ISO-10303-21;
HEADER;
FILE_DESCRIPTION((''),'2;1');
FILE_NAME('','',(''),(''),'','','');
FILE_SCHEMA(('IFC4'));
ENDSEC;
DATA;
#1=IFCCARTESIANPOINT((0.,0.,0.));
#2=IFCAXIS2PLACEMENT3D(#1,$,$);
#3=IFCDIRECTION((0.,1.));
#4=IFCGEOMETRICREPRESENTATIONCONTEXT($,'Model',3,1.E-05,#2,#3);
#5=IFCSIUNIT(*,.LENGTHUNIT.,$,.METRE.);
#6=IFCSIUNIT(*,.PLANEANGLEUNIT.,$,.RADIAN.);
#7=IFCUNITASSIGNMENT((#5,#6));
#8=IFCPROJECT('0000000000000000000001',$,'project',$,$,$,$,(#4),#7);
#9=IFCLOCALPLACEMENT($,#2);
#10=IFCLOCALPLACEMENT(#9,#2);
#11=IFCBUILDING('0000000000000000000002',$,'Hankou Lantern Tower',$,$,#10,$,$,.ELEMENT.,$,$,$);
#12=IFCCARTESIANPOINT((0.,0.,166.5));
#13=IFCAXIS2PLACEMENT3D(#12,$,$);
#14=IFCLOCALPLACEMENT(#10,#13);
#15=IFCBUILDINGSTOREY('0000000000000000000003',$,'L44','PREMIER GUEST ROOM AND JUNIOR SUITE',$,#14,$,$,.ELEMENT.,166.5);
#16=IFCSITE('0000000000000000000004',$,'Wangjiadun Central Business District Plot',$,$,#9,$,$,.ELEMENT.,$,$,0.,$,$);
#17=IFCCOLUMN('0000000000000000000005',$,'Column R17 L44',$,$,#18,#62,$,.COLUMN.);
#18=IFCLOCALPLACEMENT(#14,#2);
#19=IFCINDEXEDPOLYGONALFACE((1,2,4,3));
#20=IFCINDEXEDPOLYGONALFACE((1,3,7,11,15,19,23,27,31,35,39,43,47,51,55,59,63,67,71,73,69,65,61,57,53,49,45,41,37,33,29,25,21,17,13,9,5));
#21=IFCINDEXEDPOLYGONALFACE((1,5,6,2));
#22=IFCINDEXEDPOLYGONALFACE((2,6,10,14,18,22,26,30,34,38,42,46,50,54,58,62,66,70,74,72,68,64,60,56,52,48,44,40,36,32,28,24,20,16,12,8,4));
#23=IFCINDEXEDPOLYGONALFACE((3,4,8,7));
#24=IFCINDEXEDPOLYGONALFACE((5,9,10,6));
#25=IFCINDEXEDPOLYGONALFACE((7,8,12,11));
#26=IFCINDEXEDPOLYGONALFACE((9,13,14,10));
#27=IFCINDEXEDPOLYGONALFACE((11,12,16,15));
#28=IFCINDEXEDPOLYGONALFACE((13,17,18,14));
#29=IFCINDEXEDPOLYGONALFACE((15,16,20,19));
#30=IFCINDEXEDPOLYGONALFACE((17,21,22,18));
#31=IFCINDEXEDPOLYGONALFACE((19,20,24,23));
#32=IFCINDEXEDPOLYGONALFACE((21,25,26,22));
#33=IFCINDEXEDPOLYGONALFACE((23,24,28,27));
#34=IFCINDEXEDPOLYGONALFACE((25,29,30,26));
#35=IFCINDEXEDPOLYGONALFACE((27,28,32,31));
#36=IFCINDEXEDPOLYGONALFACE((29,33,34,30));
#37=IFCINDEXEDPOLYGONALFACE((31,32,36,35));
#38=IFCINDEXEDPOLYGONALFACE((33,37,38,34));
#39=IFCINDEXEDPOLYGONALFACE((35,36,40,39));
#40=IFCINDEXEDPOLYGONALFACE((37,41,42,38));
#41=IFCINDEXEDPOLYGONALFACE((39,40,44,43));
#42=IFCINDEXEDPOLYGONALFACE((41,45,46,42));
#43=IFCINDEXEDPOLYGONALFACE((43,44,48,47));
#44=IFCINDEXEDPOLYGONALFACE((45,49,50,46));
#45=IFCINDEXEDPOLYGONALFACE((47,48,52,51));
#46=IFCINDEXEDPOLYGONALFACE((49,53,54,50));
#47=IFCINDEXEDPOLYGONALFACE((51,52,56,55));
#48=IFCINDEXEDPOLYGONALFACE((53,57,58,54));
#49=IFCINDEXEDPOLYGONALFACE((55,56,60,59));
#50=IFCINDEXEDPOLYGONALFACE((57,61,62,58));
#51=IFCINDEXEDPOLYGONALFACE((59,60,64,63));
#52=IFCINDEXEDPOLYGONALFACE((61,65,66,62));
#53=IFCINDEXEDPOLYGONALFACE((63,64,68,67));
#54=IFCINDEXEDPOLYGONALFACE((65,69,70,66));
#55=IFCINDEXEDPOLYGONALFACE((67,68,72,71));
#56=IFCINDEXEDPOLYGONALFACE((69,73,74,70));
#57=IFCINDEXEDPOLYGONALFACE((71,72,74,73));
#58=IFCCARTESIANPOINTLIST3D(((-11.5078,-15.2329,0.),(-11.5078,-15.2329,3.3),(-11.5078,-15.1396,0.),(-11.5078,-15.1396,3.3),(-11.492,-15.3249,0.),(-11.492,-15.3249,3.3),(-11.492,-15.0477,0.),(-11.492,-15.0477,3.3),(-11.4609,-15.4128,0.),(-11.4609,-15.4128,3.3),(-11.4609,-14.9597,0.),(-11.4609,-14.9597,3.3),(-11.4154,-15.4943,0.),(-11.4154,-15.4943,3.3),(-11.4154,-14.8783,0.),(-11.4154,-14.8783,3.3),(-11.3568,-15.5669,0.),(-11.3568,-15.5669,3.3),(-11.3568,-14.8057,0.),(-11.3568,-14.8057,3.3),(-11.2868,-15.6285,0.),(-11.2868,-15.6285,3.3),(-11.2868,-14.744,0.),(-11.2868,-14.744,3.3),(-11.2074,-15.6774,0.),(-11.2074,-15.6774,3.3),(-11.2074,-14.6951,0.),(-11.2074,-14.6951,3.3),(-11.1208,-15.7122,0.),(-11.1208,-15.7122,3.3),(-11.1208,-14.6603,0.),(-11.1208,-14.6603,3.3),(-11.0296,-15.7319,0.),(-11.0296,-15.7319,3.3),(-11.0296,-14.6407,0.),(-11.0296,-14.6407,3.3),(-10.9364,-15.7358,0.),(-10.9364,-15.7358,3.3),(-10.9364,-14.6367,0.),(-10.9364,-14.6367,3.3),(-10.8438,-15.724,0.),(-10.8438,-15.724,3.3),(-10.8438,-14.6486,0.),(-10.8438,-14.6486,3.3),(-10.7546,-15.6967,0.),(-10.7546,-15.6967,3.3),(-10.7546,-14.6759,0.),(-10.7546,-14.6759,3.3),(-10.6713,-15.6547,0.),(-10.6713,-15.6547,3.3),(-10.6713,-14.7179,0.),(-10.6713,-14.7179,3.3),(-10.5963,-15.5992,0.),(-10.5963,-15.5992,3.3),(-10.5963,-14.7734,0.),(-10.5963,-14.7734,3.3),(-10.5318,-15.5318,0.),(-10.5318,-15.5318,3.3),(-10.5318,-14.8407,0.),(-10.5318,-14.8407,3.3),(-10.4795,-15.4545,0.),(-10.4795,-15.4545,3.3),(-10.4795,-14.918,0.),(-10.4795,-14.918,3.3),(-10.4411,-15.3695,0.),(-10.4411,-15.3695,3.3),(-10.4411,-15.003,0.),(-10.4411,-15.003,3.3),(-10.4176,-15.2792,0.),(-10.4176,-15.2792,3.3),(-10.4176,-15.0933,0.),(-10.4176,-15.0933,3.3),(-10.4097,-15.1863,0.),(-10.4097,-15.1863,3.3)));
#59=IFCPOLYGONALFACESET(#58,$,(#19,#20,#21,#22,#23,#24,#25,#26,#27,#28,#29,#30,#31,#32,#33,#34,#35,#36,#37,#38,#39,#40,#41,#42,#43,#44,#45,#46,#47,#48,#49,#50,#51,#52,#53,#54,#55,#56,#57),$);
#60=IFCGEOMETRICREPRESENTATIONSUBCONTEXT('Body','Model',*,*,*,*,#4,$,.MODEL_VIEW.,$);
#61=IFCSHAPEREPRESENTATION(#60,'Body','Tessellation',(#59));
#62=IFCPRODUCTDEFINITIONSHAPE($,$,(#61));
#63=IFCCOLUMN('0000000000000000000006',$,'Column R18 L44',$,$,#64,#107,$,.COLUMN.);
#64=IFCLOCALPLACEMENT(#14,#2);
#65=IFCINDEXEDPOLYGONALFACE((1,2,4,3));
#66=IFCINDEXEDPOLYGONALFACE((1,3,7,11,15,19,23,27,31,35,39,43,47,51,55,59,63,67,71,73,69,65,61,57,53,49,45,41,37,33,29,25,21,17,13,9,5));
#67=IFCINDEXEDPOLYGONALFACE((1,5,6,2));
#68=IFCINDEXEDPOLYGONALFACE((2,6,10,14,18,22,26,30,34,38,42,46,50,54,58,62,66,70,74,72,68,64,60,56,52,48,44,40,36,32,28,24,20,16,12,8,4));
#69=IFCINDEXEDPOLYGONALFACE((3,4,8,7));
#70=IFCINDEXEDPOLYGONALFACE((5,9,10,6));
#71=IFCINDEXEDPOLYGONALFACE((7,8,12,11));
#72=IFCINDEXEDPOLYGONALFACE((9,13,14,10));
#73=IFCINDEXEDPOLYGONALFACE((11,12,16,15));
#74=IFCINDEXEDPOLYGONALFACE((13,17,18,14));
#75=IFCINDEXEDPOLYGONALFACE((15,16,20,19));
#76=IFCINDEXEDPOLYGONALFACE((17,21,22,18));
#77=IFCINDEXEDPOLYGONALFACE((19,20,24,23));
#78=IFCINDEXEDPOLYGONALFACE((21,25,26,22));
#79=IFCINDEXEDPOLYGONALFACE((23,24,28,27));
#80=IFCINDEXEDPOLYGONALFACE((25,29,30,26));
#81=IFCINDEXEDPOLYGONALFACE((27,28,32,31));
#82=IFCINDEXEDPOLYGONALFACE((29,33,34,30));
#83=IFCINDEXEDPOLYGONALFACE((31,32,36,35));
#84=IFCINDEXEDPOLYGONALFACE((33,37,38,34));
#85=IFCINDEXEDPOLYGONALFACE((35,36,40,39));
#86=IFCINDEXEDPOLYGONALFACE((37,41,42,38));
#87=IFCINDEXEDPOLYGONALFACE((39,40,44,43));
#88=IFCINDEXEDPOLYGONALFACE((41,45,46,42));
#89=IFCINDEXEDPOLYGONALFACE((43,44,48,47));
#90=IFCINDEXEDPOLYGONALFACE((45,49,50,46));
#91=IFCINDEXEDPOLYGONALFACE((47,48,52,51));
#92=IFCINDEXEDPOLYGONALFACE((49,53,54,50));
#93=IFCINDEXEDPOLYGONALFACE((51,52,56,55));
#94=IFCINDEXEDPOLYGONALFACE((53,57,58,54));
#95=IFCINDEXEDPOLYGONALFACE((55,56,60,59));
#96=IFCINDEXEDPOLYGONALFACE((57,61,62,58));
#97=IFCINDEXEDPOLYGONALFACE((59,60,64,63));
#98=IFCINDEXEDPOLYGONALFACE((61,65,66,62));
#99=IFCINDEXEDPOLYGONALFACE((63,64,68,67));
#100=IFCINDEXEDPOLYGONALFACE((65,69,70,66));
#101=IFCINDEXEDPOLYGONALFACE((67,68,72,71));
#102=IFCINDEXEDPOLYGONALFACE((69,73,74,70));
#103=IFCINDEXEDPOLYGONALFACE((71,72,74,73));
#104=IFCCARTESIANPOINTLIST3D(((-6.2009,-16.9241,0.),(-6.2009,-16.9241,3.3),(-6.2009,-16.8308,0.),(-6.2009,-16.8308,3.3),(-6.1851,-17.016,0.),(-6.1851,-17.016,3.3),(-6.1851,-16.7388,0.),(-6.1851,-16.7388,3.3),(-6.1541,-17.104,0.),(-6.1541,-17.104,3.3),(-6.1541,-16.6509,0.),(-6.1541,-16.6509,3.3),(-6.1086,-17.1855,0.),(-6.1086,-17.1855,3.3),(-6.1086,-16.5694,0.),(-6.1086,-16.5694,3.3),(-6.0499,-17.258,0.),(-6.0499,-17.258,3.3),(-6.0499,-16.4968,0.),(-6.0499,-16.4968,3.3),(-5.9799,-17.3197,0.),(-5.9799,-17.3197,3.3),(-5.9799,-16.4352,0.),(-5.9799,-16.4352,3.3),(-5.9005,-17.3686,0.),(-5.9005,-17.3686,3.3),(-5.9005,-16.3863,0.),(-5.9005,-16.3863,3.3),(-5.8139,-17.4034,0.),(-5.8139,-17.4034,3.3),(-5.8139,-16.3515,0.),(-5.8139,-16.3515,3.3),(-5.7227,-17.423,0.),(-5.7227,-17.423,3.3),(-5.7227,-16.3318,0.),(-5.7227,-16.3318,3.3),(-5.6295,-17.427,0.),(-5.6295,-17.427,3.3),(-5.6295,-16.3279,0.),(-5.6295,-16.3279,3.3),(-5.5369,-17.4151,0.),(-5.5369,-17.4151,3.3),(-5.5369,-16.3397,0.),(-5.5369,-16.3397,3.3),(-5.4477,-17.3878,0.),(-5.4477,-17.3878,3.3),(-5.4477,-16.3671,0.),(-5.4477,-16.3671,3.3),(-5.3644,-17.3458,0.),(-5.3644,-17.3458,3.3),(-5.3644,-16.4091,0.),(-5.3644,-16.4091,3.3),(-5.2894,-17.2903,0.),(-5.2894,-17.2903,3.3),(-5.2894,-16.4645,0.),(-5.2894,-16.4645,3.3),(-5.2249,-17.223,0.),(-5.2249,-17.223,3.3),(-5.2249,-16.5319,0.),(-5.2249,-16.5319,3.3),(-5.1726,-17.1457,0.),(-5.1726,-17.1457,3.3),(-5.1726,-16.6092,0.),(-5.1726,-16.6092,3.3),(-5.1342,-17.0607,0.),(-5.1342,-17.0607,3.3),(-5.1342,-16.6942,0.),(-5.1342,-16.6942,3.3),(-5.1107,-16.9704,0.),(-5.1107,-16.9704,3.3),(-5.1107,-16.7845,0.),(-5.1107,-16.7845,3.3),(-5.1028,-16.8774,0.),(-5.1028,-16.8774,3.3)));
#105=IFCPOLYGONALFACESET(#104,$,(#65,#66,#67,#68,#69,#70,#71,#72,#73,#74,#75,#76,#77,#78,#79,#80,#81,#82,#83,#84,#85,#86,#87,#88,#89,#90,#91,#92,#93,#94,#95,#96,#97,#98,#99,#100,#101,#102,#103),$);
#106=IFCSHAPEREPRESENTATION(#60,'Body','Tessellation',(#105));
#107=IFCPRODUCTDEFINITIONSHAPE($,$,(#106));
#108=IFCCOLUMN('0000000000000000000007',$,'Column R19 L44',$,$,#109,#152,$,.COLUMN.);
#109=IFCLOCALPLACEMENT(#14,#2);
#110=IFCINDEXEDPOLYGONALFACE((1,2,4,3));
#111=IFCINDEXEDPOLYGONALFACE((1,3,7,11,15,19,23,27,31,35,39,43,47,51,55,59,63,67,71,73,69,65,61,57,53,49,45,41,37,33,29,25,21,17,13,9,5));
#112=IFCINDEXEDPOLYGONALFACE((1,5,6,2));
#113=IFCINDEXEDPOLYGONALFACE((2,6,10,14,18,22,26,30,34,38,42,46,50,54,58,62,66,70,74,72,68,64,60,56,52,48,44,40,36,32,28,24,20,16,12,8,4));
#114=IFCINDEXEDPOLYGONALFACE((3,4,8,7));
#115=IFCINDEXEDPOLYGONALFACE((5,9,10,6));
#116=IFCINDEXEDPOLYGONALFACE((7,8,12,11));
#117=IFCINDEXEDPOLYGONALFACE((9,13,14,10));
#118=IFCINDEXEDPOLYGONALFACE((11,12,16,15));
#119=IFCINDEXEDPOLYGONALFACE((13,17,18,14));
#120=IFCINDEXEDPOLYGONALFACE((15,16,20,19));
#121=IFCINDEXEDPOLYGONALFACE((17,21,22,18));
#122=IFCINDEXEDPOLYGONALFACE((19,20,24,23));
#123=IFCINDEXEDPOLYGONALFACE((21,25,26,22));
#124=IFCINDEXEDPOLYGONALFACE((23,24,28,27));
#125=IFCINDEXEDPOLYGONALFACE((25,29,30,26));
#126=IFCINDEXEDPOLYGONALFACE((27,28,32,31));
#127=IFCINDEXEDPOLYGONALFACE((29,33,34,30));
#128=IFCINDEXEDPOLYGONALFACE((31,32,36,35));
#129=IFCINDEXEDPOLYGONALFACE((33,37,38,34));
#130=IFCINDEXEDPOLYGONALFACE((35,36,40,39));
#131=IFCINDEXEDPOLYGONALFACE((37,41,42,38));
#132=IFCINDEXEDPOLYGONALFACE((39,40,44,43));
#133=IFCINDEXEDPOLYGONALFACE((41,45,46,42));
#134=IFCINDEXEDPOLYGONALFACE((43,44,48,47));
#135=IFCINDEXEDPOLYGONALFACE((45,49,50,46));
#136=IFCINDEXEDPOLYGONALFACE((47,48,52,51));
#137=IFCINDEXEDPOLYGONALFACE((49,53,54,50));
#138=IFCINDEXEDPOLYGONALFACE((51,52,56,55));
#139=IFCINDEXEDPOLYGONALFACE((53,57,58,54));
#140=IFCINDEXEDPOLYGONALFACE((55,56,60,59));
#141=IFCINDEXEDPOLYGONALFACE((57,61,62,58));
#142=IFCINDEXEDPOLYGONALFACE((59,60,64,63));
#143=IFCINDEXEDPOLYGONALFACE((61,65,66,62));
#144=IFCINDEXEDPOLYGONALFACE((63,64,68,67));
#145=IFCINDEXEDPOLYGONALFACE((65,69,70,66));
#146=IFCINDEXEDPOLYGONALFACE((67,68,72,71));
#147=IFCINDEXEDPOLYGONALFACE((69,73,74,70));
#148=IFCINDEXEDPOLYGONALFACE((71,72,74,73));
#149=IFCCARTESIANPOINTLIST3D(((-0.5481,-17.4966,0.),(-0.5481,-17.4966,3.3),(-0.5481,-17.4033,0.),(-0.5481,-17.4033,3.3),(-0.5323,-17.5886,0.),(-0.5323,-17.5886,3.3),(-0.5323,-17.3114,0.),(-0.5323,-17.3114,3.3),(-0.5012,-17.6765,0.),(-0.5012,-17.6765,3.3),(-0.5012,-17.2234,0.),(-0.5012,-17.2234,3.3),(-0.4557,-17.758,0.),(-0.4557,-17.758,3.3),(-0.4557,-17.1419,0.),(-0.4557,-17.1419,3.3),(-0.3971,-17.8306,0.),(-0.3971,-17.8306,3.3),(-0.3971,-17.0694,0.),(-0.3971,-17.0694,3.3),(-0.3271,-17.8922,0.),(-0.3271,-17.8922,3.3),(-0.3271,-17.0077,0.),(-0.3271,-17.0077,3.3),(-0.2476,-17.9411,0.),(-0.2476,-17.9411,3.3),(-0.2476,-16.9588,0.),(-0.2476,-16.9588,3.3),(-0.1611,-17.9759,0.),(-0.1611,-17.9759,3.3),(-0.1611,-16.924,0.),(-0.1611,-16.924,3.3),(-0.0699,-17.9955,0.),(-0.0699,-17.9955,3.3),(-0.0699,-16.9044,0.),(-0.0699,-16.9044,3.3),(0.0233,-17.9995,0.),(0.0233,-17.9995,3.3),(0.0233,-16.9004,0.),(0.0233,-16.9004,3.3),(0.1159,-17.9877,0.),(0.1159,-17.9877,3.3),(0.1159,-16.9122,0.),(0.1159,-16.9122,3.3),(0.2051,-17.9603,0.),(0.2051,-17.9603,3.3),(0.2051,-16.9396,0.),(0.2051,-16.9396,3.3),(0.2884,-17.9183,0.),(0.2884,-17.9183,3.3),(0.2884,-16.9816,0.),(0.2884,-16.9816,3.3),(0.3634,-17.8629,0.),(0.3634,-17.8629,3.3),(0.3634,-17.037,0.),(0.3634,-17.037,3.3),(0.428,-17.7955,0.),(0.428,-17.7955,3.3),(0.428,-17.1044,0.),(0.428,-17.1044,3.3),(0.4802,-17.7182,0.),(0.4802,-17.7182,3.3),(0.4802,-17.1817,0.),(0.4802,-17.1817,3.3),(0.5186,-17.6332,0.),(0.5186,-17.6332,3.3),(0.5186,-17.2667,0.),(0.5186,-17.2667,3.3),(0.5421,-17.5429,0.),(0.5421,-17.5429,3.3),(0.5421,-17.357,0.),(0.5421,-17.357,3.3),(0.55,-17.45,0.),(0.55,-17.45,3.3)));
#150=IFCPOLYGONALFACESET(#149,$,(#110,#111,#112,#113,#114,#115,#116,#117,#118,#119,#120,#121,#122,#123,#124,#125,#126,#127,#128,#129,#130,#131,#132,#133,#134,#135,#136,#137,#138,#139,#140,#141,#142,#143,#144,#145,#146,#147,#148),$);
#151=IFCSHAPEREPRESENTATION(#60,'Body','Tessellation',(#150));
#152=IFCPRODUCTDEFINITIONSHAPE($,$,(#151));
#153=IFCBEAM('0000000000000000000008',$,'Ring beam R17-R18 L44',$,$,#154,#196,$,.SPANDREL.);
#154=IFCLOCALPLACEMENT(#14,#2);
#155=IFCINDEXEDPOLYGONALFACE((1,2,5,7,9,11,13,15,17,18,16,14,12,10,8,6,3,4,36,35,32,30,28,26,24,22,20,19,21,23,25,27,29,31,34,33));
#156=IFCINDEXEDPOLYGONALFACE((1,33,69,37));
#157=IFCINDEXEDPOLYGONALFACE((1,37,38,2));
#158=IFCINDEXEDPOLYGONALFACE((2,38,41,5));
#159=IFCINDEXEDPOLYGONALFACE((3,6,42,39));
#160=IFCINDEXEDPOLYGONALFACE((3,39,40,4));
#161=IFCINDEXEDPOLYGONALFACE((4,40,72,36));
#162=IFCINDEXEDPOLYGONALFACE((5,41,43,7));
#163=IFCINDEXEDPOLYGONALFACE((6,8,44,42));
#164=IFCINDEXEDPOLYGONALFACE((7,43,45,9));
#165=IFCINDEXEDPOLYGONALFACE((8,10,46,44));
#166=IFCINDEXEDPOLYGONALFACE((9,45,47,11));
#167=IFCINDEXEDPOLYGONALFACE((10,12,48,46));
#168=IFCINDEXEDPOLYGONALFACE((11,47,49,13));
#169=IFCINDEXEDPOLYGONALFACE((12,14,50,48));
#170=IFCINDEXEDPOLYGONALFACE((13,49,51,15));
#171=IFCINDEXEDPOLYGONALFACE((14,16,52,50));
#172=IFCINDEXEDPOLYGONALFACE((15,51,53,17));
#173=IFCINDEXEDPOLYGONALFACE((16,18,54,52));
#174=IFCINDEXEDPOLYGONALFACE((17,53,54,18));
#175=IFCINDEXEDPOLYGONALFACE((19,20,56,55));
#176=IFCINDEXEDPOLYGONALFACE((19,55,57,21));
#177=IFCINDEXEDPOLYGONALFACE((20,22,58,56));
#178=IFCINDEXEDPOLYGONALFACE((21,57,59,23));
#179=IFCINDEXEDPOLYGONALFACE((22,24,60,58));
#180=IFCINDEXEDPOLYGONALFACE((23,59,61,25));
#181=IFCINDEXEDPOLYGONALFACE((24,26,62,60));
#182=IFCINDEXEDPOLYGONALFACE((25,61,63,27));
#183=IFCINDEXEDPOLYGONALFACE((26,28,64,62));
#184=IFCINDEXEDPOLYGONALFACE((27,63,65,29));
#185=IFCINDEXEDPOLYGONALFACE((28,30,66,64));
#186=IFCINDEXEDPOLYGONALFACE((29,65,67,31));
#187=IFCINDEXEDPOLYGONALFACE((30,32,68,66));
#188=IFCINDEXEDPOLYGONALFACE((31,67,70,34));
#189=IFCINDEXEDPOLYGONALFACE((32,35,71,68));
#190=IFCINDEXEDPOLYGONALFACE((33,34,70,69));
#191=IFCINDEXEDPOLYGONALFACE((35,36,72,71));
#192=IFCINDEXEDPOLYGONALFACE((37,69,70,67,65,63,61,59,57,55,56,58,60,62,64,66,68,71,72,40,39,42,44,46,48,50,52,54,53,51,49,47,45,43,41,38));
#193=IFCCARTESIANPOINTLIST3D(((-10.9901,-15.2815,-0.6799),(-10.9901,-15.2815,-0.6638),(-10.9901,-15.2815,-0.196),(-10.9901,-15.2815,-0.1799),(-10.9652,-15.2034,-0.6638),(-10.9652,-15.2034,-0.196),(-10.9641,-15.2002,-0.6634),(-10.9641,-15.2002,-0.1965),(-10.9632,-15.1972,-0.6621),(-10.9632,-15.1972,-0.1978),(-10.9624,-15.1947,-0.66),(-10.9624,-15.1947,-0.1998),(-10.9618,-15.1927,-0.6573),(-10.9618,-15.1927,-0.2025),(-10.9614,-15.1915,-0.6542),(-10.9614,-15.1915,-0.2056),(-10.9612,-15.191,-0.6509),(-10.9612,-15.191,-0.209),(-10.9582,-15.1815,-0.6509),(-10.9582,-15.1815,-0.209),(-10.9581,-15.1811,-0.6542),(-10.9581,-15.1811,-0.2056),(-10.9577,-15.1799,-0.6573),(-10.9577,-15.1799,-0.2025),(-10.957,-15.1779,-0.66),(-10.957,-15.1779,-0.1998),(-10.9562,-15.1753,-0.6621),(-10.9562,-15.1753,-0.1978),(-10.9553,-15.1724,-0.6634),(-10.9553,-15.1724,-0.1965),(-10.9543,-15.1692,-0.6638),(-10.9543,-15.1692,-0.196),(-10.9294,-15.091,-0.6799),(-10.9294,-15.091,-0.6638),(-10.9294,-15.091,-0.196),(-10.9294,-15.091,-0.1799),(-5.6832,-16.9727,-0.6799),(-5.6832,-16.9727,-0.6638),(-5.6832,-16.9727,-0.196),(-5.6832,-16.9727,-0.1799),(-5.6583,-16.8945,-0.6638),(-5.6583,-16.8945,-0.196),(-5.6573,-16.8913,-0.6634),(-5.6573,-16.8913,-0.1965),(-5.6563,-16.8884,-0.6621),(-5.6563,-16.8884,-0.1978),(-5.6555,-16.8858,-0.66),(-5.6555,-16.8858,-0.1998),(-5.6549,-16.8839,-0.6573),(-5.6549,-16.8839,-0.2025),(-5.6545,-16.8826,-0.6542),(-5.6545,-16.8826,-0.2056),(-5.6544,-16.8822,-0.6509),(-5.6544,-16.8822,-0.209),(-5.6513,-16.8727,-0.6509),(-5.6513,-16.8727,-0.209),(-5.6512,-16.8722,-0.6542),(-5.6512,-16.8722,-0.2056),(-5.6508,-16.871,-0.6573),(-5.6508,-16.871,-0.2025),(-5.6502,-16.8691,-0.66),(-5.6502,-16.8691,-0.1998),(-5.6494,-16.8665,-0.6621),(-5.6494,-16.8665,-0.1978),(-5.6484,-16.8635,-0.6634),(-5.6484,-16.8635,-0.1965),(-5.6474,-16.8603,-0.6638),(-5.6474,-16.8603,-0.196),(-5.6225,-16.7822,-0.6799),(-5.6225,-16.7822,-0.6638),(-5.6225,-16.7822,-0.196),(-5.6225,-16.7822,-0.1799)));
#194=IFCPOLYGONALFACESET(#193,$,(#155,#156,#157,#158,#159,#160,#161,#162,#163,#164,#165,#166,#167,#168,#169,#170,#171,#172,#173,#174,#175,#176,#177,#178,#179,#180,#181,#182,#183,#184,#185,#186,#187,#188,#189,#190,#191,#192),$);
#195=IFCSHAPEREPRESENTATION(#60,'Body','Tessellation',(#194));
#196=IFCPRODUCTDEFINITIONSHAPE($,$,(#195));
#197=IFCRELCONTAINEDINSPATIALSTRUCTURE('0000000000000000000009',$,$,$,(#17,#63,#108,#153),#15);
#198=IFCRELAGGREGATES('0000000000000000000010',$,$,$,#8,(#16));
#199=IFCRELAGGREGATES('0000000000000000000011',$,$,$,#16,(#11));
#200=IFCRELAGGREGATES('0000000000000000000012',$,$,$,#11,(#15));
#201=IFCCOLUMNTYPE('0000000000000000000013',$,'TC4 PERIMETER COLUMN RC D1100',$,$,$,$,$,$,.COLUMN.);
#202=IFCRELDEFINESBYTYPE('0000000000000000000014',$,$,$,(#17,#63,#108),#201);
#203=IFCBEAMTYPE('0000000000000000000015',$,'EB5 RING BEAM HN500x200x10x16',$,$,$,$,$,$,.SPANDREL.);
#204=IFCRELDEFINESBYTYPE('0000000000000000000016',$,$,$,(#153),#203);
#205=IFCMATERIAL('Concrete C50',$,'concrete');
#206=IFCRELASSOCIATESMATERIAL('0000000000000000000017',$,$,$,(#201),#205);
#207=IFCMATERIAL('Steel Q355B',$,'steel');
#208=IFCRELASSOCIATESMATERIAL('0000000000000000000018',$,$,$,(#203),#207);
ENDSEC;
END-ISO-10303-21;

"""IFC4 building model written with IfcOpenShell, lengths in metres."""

from ifc_helpers import new_model, si_unit, direction, frame, origin, origin_2d, place, context, subcontext, project, spatial, circle, i_section, extrude, material, material_profile, profile_set, type_object, element, save


model = new_model("IFC4")

# Units and contexts
model_context = context("Model", 3, precision=1e-05, world=origin(), true_north=direction((0.0, 1.0)))
body_context = subcontext(model_context, "Body", "Model", "MODEL_VIEW")
ifc_project = project(units=[si_unit("LENGTHUNIT", "METRE"), si_unit("PLANEANGLEUNIT", "RADIAN")], contexts=[model_context])

# Site, building, storey
site_placement = place(None, origin())
site = spatial("IfcSite", under=ifc_project, at=site_placement, Name="Wangjiadun Central Business District Plot", CompositionType="ELEMENT", RefElevation=0.0)
building_placement = place(site_placement, origin())
building = spatial("IfcBuilding", under=site, at=building_placement, Name="Hankou Lantern Tower", CompositionType="ELEMENT")
storey_placement = place(building_placement, frame((0.0, 0.0, 166.5)))
storey = spatial("IfcBuildingStorey", under=building, at=storey_placement, Name="L44", Description="PREMIER GUEST ROOM AND JUNIOR SUITE", CompositionType="ELEMENT", Elevation=166.5)

# Columns
ifc_material_1 = material(Name="Concrete C50", Category="concrete")
ifc_material_profile_1 = material_profile(ifc_material_1, circle(Radius=0.55, at=origin_2d()), Name="RC D1100")
ifc_profile_set_1 = profile_set([ifc_material_profile_1], Name="Concrete C50")
column_type = type_object("IfcColumnType", Name="TC4 PERIMETER COLUMN RC D1100", PredefinedType="COLUMN", material=ifc_profile_set_1)
for number, where, z_axis, x_axis, name in (
    (1, (-10.9597, -15.1863, 0.0), (0.0, 0.0, 1.0), (1.0, 0.0, 0.0), "Column R17 L44"),
    (2, (-5.6528, -16.8774, 0.0), (0.0, 0.0, 1.0), (1.0, 0.0, 0.0), "Column R18 L44"),
    (3, (0.0, -17.45, 0.0), (0.0, 0.0, 1.0), (1.0, 0.0, 0.0), "Column R19 L44"),
):
    element("IfcColumn", number, at=place(storey_placement, frame(where, z_axis=z_axis, x_axis=x_axis)), inside=storey, type_object=column_type, Name=name, PredefinedType="COLUMN", context=body_context, shape_type="SweptSolid", body=[
        extrude(circle(Radius=0.55, at=origin_2d()), origin(), (0.0, 0.0, 1.0), 3.3),
    ])

# Beam
ifc_material_2 = material(Name="Steel Q355B", Category="steel")
ifc_material_profile_2 = material_profile(ifc_material_2, i_section(OverallWidth=0.2, OverallDepth=0.5, WebThickness=0.01, FlangeThickness=0.0161, FilletRadius=0.0129, at=origin_2d()), Name="HN500x200x10x16")
ifc_profile_set_2 = profile_set([ifc_material_profile_2], Name="Steel Q355B")
beam_type_1 = type_object("IfcBeamType", Name="EB5 RING BEAM HN500x200x10x16", PredefinedType="SPANDREL", material=ifc_profile_set_2)
beam_1_placement = place(storey_placement, frame((-10.9597, -15.1863, -0.4299), z_axis=(0.95279, -0.303629, 0.0), x_axis=(0.303629, 0.95279, 0.0)))
element("IfcBeam", 4, at=beam_1_placement, inside=storey, type_object=beam_type_1, Name="Ring beam R17-R18 L44", PredefinedType="SPANDREL", context=body_context, shape_type="SweptSolid", body=[
    extrude(i_section(OverallWidth=0.2, OverallDepth=0.5, WebThickness=0.01, FlangeThickness=0.0161, FilletRadius=0.0129, at=origin_2d()), origin(), (0.0, 0.0, 1.0), 5.5698),
])

save(model, "model.ifc")
